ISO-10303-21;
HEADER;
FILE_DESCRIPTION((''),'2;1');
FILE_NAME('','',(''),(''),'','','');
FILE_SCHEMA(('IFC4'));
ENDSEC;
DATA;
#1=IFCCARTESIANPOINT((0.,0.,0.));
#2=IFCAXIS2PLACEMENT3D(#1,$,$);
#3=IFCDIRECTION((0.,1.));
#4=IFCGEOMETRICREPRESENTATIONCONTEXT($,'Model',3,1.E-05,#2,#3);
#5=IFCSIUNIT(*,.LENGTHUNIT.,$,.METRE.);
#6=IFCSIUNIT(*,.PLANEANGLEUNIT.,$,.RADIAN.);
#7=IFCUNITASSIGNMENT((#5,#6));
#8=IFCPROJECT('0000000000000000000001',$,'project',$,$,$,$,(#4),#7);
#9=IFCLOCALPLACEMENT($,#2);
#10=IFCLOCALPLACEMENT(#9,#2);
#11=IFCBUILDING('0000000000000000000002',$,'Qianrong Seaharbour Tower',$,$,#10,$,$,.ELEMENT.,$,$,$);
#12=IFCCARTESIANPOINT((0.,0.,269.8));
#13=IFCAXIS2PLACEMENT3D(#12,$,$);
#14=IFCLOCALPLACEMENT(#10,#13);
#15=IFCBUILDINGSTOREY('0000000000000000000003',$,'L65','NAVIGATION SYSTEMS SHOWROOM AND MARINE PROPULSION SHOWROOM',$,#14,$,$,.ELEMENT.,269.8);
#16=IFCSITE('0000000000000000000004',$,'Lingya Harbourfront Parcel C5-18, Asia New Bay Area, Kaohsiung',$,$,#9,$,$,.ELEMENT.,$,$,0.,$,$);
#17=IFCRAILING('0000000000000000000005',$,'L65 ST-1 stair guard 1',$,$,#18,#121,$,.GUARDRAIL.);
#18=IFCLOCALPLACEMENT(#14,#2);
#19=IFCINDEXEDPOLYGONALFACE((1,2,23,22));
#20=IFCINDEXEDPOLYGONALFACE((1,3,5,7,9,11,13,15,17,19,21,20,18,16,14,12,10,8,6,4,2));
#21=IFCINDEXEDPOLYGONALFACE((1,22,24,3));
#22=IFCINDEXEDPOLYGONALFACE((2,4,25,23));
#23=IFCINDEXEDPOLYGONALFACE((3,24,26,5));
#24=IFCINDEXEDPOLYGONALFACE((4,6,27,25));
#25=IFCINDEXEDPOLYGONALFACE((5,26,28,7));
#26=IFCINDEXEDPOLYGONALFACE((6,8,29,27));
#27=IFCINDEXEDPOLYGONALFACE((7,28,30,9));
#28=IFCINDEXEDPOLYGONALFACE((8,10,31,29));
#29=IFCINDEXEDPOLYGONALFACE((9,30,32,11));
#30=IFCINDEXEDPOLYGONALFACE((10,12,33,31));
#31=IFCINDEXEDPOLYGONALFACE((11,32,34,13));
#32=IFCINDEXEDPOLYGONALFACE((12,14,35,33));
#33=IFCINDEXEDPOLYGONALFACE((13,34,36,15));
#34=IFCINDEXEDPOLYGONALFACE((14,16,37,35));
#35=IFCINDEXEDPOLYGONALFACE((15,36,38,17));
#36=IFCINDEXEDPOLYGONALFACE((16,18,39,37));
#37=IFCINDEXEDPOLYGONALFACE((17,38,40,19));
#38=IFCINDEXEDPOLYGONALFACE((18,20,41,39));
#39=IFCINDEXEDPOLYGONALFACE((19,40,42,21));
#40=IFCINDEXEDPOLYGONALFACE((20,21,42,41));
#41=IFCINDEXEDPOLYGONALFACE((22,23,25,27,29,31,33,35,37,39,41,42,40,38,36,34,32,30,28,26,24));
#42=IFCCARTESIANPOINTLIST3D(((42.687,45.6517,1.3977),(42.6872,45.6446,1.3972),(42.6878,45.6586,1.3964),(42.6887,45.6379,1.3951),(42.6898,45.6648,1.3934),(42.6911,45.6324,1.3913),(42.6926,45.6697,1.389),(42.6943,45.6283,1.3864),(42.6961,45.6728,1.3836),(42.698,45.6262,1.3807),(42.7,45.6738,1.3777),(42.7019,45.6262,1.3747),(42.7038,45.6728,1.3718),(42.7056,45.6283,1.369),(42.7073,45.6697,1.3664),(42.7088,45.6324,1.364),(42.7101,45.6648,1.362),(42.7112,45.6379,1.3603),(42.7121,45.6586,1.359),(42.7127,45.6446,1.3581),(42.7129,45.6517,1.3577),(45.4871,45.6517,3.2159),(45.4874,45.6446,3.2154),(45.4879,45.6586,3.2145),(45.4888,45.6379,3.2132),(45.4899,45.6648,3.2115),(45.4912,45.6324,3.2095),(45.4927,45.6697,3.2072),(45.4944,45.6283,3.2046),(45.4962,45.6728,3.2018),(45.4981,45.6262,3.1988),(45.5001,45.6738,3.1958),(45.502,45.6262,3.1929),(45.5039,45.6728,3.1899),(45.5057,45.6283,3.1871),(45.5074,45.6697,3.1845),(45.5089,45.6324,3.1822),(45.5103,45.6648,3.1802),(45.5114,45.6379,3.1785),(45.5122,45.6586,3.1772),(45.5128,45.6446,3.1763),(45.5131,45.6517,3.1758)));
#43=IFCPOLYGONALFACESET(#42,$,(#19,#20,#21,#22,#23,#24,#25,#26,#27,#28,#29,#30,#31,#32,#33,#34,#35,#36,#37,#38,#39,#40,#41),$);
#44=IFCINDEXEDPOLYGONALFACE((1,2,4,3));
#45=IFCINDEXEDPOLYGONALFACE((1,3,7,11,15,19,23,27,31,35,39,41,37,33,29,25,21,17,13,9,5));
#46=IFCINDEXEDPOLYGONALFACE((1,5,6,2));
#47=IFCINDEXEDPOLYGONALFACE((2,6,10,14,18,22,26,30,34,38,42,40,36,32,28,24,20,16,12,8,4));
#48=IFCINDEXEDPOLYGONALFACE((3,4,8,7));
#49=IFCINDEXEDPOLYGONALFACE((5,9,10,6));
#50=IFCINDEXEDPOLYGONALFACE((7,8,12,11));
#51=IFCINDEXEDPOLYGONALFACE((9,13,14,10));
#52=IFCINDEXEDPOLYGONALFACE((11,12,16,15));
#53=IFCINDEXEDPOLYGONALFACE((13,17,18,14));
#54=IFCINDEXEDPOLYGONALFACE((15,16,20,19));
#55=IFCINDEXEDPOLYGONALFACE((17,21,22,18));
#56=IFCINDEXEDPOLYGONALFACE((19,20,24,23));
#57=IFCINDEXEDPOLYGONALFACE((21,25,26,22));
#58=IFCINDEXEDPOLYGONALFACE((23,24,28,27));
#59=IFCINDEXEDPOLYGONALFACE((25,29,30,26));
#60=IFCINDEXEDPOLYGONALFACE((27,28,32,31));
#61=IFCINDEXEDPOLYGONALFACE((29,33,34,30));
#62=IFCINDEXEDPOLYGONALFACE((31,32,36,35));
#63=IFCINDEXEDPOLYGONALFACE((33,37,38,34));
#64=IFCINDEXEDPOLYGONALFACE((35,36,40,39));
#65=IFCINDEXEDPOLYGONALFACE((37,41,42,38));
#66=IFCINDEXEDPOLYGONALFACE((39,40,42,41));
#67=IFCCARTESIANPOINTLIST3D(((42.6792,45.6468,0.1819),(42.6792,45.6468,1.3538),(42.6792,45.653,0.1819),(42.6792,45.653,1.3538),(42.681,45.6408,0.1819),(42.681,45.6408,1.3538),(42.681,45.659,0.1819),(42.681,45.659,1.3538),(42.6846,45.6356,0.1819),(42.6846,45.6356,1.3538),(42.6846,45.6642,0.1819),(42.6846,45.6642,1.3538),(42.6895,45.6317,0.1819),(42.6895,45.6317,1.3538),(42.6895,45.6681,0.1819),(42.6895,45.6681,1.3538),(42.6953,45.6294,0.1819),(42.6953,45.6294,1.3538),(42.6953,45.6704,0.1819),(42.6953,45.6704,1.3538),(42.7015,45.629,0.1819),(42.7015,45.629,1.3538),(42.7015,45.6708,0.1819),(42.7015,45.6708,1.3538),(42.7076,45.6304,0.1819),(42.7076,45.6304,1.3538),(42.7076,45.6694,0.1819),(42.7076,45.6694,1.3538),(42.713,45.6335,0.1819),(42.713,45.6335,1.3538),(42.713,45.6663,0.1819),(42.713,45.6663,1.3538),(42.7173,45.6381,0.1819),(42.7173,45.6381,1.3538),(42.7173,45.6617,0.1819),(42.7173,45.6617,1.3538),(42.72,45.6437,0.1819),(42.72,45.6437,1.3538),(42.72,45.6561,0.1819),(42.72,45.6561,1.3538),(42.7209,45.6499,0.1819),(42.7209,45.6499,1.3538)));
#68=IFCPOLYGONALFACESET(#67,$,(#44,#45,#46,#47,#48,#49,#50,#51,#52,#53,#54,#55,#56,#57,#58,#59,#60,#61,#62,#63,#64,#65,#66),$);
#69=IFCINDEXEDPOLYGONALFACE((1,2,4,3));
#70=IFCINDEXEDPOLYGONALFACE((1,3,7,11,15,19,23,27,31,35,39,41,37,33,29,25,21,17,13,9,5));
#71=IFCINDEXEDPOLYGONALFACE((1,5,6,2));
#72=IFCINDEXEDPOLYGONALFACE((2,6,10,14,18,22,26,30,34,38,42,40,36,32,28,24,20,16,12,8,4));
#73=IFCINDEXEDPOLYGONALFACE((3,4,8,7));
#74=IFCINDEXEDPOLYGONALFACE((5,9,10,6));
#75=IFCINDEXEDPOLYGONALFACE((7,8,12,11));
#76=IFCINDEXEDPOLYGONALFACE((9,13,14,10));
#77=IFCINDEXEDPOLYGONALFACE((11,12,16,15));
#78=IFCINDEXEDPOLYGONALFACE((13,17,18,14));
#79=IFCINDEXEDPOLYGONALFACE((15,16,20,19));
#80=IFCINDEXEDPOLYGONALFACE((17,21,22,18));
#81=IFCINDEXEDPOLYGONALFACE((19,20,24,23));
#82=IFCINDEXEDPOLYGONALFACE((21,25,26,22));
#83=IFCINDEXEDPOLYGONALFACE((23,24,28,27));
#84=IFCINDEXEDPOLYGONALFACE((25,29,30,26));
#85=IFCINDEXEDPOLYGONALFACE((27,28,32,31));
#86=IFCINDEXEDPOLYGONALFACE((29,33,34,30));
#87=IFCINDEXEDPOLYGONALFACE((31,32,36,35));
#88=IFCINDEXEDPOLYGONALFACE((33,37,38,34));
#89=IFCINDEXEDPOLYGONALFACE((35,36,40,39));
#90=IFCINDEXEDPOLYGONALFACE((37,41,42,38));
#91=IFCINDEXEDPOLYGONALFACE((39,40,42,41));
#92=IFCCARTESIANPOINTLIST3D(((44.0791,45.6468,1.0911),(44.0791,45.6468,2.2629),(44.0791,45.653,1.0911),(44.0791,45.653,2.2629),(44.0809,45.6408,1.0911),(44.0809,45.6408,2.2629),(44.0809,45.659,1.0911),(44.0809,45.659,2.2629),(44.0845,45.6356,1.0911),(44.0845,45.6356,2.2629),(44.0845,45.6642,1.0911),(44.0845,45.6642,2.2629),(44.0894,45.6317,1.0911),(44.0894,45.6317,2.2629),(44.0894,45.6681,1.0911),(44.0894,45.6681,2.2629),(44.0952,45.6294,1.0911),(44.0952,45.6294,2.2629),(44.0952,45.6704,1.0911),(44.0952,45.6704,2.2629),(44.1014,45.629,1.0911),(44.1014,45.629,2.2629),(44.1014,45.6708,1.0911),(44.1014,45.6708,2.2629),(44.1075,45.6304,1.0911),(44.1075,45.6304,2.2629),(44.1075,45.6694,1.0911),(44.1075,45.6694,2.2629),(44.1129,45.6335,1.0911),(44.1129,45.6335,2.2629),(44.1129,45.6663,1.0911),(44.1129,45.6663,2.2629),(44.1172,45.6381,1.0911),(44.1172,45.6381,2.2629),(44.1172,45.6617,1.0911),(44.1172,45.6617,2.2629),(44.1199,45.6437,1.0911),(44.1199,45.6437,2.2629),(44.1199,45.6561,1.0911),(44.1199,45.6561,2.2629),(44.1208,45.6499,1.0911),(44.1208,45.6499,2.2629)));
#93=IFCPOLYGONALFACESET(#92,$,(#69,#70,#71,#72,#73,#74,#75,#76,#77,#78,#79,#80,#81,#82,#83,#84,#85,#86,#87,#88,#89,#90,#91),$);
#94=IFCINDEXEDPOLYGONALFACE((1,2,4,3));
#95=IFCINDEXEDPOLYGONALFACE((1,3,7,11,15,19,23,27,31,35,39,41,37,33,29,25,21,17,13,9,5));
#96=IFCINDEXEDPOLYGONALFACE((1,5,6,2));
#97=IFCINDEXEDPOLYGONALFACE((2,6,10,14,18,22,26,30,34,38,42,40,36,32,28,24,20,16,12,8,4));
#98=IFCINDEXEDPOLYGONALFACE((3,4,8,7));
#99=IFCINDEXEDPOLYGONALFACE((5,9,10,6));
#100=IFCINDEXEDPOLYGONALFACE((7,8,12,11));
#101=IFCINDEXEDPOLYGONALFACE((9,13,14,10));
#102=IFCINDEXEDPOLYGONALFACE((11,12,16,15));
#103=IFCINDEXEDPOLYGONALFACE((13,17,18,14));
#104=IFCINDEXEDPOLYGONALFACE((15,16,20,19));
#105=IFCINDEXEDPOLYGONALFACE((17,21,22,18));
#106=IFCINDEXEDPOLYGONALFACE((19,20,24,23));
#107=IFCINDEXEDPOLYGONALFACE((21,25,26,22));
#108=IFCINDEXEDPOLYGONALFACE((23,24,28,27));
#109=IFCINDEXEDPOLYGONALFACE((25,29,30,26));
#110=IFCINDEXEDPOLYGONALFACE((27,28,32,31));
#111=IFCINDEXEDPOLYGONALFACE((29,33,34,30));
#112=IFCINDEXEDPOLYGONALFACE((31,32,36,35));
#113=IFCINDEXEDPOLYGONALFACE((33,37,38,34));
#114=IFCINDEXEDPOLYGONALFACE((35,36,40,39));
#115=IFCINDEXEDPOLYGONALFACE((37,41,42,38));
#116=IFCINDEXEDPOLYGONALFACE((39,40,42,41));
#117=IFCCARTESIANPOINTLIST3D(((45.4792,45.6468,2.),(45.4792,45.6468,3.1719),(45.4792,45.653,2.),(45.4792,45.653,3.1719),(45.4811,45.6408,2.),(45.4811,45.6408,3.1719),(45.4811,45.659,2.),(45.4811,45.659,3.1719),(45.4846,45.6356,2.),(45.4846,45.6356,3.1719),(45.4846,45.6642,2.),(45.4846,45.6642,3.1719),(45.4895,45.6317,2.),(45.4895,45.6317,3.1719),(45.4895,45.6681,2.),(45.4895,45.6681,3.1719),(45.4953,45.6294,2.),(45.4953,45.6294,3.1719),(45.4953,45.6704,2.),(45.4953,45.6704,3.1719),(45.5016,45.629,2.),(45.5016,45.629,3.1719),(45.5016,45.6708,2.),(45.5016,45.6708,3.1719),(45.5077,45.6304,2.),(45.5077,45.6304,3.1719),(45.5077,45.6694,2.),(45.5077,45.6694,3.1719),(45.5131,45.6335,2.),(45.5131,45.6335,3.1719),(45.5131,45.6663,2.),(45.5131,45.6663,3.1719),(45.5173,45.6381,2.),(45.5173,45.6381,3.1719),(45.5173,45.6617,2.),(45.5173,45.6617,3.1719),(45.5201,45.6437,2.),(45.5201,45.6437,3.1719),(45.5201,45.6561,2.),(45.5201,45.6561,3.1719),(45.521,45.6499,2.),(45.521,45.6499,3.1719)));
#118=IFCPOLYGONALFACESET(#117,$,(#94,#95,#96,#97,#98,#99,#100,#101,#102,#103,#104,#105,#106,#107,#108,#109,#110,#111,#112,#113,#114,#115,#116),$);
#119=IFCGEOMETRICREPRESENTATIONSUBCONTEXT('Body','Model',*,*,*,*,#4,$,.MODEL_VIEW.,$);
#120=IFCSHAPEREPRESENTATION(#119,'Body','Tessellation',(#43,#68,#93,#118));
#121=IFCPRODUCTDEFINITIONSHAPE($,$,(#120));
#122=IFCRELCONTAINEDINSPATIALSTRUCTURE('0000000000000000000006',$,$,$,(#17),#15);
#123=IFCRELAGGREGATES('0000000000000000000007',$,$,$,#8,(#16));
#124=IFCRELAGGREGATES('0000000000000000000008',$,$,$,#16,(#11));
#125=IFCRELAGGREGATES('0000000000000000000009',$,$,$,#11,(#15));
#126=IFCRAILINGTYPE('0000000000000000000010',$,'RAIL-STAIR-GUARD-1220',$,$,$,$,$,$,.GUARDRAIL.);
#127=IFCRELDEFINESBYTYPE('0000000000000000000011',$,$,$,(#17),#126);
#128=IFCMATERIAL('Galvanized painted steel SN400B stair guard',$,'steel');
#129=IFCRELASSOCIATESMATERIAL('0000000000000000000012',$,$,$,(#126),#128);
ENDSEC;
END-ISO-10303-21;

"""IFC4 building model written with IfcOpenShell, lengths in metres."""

from ifc_helpers import new_model, si_unit, direction, frame, origin, origin_2d, place, context, subcontext, project, spatial, circle, extrude, material, type_object, element, save


model = new_model("IFC4")

# Units and contexts
model_context = context("Model", 3, precision=1e-05, world=origin(), true_north=direction((0.0, 1.0)))
body_context = subcontext(model_context, "Body", "Model", "MODEL_VIEW")
ifc_project = project(units=[si_unit("LENGTHUNIT", "METRE"), si_unit("PLANEANGLEUNIT", "RADIAN")], contexts=[model_context])

# Site, building, storey
site_placement = place(None, origin())
site = spatial("IfcSite", under=ifc_project, at=site_placement, Name="Lingya Harbourfront Parcel C5-18, Asia New Bay Area, Kaohsiung", CompositionType="ELEMENT", RefElevation=0.0)
building_placement = place(site_placement, origin())
building = spatial("IfcBuilding", under=site, at=building_placement, Name="Qianrong Seaharbour Tower", CompositionType="ELEMENT")
storey_placement = place(building_placement, frame((0.0, 0.0, 269.8)))
storey = spatial("IfcBuildingStorey", under=building, at=storey_placement, Name="L65", Description="NAVIGATION SYSTEMS SHOWROOM AND MARINE PROPULSION SHOWROOM", CompositionType="ELEMENT", Elevation=269.8)

# Railing
ifc_material_1 = material(Name="Galvanized painted steel SN400B stair guard", Category="steel")
railing_type_1 = type_object("IfcRailingType", Name="RAIL-STAIR-GUARD-1220", PredefinedType="GUARDRAIL", material=ifc_material_1)
railing_1_placement = place(storey_placement, frame((42.7, 45.6499, 0.1819)))
element("IfcRailing", 1, at=railing_1_placement, inside=storey, type_object=railing_type_1, Name="L65 ST-1 stair guard 1", PredefinedType="GUARDRAIL", context=body_context, shape_type="SweptSolid", body=[
    extrude(circle(Radius=0.0239, at=origin_2d()), frame((0.0, 0.0, 1.1958), z_axis=(0.838706, 0.0, 0.544585), x_axis=(0.0, 1.0, 0.0)), (0.0, 0.0, 1.0), 3.3386),
    extrude(circle(Radius=0.021, at=origin_2d()), origin(), (0.0, 0.0, 1.0), 1.1719),
    extrude(circle(Radius=0.021, at=origin_2d()), frame((1.3999, 0.0, 0.9092)), (0.0, 0.0, 1.0), 1.1719),
    extrude(circle(Radius=0.021, at=origin_2d()), frame((2.8, 0.0, 1.8181)), (0.0, 0.0, 1.0), 1.1719),
])

save(model, "model.ifc")
